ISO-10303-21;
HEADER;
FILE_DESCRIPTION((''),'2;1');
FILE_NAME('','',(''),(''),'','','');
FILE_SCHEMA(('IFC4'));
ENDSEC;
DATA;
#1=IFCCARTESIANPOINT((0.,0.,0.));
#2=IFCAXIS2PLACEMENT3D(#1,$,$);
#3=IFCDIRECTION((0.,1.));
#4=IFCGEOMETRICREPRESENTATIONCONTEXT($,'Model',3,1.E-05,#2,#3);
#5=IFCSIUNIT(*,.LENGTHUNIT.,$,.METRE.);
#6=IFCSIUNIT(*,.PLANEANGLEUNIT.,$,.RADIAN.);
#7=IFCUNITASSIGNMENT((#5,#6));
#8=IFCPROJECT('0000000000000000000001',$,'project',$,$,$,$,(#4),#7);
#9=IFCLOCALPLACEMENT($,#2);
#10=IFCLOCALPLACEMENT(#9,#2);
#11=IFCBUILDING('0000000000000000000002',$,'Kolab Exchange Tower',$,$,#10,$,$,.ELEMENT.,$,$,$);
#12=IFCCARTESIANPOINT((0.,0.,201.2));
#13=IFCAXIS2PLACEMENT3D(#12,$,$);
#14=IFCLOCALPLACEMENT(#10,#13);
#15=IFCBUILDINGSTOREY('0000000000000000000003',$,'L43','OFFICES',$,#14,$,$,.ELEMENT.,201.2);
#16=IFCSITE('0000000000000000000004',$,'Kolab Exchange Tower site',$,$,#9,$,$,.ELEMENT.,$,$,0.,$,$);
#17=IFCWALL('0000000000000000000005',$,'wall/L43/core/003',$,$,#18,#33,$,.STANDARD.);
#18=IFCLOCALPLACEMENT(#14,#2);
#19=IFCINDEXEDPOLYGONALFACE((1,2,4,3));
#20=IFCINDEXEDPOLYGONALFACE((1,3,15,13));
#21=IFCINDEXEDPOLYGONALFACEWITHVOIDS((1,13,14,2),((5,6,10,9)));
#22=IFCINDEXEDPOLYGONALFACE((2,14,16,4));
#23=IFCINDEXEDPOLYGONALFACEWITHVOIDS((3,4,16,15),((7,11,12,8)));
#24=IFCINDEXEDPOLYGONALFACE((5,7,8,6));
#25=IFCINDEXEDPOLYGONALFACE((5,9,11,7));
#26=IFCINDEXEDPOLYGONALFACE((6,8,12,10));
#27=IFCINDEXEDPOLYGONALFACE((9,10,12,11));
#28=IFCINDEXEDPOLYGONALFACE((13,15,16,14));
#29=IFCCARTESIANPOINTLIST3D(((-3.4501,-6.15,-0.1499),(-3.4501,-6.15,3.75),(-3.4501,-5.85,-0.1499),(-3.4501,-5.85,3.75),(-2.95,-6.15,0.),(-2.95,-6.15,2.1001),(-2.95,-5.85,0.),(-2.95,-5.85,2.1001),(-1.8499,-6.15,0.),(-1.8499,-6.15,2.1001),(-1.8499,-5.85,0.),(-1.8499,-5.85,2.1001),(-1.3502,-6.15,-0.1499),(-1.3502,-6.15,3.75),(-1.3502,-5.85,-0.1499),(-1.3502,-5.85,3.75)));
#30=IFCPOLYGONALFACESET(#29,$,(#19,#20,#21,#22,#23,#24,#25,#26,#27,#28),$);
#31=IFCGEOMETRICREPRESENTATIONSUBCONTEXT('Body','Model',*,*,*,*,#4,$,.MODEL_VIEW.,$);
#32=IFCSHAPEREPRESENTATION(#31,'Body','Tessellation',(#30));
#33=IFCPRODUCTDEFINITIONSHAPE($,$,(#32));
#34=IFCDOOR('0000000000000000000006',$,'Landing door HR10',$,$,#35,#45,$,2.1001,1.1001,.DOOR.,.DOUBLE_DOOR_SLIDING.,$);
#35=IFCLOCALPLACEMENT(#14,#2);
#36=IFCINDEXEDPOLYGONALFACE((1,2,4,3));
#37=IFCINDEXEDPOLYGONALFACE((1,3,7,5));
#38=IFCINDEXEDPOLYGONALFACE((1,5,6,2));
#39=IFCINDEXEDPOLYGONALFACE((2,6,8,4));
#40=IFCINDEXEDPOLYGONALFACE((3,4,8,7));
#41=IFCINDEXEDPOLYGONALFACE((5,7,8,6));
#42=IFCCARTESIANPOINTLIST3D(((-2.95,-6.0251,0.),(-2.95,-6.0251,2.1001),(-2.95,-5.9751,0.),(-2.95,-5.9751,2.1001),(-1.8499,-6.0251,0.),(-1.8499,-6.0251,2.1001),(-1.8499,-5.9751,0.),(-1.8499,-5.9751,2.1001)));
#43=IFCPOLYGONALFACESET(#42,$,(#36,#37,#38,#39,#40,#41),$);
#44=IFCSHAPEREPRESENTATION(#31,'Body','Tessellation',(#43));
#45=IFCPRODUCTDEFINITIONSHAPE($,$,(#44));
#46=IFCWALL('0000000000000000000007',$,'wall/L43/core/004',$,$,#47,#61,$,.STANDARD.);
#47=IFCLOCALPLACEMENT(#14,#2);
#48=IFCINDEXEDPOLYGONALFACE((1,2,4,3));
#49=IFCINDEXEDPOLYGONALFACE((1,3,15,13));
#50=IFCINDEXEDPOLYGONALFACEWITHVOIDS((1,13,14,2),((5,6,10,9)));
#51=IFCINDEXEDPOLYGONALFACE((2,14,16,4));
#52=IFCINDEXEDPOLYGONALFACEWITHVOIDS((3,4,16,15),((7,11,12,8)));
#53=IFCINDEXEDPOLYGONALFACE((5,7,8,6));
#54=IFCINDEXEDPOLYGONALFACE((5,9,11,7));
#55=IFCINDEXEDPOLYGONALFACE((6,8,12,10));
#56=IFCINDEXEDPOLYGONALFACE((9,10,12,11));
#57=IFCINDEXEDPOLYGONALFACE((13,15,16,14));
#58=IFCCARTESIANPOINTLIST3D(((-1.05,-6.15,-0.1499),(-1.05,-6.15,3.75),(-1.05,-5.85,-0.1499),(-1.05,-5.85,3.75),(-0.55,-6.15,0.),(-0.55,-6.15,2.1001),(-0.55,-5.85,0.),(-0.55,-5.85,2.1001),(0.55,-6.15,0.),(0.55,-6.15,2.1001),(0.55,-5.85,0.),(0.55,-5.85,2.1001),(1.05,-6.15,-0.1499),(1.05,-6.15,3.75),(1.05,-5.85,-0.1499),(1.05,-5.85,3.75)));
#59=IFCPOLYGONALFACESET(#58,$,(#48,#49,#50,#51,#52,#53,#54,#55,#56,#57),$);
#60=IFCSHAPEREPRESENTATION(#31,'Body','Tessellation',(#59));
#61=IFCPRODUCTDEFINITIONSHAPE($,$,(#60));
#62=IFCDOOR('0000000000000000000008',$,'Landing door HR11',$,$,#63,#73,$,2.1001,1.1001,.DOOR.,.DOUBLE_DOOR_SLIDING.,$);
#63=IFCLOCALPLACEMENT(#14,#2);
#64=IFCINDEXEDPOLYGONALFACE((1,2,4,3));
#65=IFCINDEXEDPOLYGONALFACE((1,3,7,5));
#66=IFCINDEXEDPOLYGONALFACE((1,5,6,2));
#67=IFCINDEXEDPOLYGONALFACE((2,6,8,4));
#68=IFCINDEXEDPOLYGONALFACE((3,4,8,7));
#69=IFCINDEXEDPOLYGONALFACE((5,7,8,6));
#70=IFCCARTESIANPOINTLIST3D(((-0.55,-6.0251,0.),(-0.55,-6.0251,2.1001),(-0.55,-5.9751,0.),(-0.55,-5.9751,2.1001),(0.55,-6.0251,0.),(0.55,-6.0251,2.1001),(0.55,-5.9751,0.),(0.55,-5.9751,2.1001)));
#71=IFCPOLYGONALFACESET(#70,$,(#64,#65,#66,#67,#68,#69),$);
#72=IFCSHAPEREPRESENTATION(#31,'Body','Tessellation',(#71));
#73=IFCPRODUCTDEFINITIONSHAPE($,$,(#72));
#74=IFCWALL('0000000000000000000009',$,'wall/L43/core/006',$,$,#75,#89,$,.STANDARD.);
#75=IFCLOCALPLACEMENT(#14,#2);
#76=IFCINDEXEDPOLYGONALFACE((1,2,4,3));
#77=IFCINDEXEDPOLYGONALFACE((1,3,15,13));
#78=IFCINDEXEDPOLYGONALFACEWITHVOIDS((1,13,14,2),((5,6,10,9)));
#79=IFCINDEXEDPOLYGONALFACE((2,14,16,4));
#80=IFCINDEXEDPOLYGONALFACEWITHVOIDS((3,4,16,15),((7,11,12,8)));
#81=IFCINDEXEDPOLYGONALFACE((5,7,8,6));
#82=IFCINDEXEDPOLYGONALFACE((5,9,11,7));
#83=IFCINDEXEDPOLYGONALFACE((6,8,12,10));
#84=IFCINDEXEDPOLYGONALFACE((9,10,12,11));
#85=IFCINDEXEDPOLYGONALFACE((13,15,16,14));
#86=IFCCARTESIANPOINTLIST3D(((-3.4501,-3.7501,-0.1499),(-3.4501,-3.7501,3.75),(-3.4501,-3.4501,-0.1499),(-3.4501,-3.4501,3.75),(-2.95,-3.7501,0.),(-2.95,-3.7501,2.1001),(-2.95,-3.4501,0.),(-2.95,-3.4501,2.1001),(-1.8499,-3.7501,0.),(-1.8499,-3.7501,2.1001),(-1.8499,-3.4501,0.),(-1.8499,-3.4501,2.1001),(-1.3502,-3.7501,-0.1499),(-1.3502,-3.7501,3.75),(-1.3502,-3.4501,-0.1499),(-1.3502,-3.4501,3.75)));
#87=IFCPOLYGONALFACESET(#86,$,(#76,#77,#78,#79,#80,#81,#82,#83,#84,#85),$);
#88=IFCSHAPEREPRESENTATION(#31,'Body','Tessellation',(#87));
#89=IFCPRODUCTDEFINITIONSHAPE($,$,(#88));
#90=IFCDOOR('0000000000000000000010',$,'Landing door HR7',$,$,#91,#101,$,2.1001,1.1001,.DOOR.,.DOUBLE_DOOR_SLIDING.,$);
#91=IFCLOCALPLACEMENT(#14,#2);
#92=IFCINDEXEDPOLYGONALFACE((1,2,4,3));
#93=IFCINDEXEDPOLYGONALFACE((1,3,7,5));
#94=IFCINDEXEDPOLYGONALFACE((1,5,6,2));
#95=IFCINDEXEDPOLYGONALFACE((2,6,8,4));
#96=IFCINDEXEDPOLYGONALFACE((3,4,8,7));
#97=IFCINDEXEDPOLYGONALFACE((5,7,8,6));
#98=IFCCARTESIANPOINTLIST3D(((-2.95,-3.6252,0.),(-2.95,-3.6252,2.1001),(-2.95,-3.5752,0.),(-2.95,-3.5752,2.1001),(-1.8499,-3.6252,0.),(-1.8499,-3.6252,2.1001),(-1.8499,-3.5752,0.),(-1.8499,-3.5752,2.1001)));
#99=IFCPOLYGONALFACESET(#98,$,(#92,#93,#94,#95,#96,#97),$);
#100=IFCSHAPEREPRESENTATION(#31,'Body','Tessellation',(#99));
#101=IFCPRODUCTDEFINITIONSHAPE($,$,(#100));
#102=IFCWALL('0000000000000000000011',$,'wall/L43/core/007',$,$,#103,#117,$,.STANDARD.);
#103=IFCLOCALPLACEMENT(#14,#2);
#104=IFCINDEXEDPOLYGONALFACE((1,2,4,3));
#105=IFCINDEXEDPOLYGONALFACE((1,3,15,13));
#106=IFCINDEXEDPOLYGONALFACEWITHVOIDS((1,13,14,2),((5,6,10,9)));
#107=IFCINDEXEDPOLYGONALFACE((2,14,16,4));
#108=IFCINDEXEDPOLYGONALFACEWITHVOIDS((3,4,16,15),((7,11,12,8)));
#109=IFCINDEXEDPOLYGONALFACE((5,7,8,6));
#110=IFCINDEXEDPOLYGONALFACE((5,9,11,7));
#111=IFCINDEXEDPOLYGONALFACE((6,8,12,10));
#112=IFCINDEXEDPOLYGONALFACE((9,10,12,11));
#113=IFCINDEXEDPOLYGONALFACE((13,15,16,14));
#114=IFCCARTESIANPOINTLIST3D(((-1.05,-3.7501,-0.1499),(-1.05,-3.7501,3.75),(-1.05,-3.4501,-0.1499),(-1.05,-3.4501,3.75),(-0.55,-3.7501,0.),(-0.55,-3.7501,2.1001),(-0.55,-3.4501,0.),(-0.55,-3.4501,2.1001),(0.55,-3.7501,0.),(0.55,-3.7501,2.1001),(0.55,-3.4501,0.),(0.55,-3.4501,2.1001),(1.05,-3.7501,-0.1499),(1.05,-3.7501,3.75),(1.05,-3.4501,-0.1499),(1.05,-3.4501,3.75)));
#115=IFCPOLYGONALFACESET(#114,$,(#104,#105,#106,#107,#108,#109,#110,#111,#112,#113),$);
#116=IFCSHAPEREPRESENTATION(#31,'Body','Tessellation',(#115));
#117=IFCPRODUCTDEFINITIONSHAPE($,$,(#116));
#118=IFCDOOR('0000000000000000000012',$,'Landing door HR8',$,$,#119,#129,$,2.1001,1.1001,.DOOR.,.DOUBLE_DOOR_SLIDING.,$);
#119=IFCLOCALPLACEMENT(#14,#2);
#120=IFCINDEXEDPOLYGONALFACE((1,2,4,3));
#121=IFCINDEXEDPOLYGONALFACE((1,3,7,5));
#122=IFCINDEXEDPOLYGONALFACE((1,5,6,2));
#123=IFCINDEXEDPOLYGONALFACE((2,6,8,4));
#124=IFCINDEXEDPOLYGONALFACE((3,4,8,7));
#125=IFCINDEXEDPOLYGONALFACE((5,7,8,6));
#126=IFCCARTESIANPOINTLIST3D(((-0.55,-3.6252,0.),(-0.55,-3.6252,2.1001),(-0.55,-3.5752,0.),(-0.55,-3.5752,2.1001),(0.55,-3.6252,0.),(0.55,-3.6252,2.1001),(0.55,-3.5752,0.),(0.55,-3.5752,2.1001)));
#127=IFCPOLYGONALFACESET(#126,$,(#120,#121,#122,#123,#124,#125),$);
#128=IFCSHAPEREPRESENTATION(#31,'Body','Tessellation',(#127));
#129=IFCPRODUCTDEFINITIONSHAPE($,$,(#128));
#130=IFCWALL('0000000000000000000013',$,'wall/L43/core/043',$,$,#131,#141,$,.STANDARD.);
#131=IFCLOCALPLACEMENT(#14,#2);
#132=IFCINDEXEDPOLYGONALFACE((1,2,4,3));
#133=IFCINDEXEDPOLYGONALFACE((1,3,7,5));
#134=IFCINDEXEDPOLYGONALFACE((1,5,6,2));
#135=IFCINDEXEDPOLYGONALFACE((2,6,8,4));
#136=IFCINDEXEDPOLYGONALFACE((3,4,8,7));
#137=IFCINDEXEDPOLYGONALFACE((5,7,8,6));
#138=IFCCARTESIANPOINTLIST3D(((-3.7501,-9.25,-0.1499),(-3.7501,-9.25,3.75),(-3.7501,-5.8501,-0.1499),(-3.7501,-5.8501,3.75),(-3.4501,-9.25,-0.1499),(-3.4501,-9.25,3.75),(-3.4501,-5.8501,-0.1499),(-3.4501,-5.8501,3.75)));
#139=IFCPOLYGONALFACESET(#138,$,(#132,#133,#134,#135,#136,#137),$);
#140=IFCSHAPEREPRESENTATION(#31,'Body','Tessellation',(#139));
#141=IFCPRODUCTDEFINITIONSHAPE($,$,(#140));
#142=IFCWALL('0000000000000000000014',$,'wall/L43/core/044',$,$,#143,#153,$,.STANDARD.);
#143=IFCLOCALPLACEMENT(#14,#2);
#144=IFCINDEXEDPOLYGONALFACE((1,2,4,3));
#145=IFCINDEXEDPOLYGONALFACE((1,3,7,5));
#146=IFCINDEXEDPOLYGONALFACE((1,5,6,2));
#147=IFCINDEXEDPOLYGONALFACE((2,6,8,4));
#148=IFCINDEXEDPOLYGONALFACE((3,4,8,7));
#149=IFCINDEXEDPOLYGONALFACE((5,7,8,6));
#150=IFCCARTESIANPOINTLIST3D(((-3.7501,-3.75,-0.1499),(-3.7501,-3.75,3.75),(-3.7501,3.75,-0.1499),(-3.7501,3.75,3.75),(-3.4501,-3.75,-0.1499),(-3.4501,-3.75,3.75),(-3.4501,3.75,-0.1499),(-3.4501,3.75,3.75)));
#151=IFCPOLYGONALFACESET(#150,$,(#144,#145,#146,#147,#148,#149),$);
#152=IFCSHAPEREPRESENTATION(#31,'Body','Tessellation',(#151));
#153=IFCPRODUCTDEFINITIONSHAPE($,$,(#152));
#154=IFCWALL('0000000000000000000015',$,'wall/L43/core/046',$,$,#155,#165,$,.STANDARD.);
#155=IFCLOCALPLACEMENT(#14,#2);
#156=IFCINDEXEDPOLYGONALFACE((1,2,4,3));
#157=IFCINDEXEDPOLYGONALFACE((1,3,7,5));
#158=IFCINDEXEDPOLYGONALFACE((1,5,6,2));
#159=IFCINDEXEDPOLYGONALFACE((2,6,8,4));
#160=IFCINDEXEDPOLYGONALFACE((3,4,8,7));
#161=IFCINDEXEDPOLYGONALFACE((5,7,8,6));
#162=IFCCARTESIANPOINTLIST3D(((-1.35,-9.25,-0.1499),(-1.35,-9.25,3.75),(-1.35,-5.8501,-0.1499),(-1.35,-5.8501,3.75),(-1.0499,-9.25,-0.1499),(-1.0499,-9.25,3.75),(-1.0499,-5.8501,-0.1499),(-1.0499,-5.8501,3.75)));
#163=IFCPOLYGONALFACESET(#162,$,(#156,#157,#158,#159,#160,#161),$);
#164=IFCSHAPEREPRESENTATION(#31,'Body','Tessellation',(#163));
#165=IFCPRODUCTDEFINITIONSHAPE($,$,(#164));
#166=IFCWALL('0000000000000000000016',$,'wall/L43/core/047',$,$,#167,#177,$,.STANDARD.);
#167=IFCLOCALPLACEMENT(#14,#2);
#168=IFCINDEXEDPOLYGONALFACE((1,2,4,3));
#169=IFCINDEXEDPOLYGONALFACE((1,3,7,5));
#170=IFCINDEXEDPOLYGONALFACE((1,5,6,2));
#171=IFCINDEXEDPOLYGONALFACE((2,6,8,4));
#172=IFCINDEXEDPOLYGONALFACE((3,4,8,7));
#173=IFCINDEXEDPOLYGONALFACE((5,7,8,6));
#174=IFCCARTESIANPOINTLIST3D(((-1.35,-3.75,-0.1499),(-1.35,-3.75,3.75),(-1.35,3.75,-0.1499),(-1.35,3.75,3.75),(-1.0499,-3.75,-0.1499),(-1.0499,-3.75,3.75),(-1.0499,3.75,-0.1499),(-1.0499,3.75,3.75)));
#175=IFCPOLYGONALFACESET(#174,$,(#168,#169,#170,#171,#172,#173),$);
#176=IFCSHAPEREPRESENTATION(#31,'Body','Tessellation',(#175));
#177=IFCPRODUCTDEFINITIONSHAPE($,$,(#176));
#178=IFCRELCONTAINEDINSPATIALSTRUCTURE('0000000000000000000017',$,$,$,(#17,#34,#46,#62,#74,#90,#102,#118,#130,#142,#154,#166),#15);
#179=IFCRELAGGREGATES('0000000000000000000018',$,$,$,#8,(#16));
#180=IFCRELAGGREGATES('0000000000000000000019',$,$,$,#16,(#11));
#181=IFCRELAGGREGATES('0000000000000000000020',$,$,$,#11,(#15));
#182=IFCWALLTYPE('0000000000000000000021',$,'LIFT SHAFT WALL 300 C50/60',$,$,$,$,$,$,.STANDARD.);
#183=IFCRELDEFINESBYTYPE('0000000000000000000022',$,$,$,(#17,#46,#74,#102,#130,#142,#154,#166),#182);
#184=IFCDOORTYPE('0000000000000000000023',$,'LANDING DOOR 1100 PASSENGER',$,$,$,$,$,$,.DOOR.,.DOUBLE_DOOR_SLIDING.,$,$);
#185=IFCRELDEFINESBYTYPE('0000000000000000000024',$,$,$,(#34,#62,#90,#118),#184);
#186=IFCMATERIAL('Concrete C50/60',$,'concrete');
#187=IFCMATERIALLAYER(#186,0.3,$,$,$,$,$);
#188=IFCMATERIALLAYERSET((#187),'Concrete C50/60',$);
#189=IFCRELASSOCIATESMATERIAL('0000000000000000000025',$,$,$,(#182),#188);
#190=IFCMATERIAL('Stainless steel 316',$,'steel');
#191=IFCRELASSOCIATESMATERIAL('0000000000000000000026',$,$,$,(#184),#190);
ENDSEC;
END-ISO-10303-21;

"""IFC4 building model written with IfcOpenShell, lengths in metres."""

from ifc_helpers import new_model, si_unit, direction, frame, frame_2d, origin, place, context, subcontext, project, spatial, rectangle, extrude, material, layer, layer_set, type_object, element, fill, save


model = new_model("IFC4")

# Units and contexts
model_context = context("Model", 3, precision=1e-05, world=origin(), true_north=direction((0.0, 1.0)))
body_context = subcontext(model_context, "Body", "Model", "MODEL_VIEW")
ifc_project = project(units=[si_unit("LENGTHUNIT", "METRE"), si_unit("PLANEANGLEUNIT", "RADIAN")], contexts=[model_context])

# Site, building, storey
site_placement = place(None, origin())
site = spatial("IfcSite", under=ifc_project, at=site_placement, Name="Kolab Exchange Tower site", CompositionType="ELEMENT", RefElevation=0.0)
building_placement = place(site_placement, origin())
building = spatial("IfcBuilding", under=site, at=building_placement, Name="Kolab Exchange Tower", CompositionType="ELEMENT")
storey_placement = place(building_placement, frame((0.0, 0.0, 201.2)))
storey = spatial("IfcBuildingStorey", under=building, at=storey_placement, Name="L43", Description="OFFICES", CompositionType="ELEMENT", Elevation=201.2)

# Walls, openings, doors
ifc_material_1 = material(Name="Concrete C50/60", Category="concrete")
ifc_layer_1 = layer(ifc_material_1, 0.3)
ifc_layer_set_1 = layer_set([ifc_layer_1], Name="Concrete C50/60")
wall_type_1 = type_object("IfcWallType", Name="LIFT SHAFT WALL 300 C50/60", PredefinedType="STANDARD", material=ifc_layer_set_1)
wall_1_placement = place(storey_placement, frame((-3.45, -6.0, -0.1499), z_axis=(0.0, 0.0, 1.0), x_axis=(1.0, 0.0, 0.0)))
wall_1 = element("IfcWall", 1, at=wall_1_placement, inside=storey, type_object=wall_type_1, Name="wall/L43/core/003", PredefinedType="STANDARD", context=body_context, shape_type="SweptSolid", body=[
    extrude(rectangle(XDim=2.0999, YDim=0.3, at=frame_2d((1.0498, 0.0))), origin(), (0.0, 0.0, 1.0), 3.8999),
])
opening_1_placement = place(wall_1_placement, frame((0.5, 0.0, 0.1499)))
opening_1 = element("IfcOpeningElement", 2, at=opening_1_placement, cuts=wall_1, PredefinedType="OPENING", context=body_context, shape_type="SweptSolid", body=[
    extrude(rectangle(XDim=1.1001, YDim=2.1001, at=frame_2d((0.55, 1.05))), frame((0.0, 0.1602, 0.0), z_axis=(0.0, -1.0, 0.0), x_axis=(1.0, 0.0, 0.0)), (0.0, 0.0, 1.0), 0.3201),
])
ifc_material_2 = material(Name="Stainless steel 316", Category="steel")
door_type_1 = type_object("IfcDoorType", Name="LANDING DOOR 1100 PASSENGER", OperationType="DOUBLE_DOOR_SLIDING", PredefinedType="DOOR", material=ifc_material_2)
door_1_placement = place(opening_1_placement, origin())
door_1 = element("IfcDoor", 3, at=door_1_placement, inside=storey, type_object=door_type_1, Name="Landing door HR10", OperationType="DOUBLE_DOOR_SLIDING", OverallHeight=2.1001, OverallWidth=1.1001, PredefinedType="DOOR", context=body_context, shape_type="SweptSolid", body=[
    extrude(rectangle(XDim=1.1001, YDim=2.1001, at=frame_2d((0.55, 1.05))), frame((0.0, 0.0249, 0.0), z_axis=(0.0, -1.0, 0.0), x_axis=(1.0, 0.0, 0.0)), (0.0, 0.0, 1.0), 0.05),
])
fill(opening_1, door_1)
wall_2_placement = place(storey_placement, frame((-1.05, -6.0, -0.1499), z_axis=(0.0, 0.0, 1.0), x_axis=(1.0, 0.0, 0.0)))
wall_2 = element("IfcWall", 4, at=wall_2_placement, inside=storey, type_object=wall_type_1, Name="wall/L43/core/004", PredefinedType="STANDARD", context=body_context, shape_type="SweptSolid", body=[
    extrude(rectangle(XDim=2.1001, YDim=0.3, at=frame_2d((1.05, 0.0))), origin(), (0.0, 0.0, 1.0), 3.8999),
])
opening_2_placement = place(wall_2_placement, frame((0.5, 0.0, 0.1499)))
opening_2 = element("IfcOpeningElement", 5, at=opening_2_placement, cuts=wall_2, PredefinedType="OPENING", context=body_context, shape_type="SweptSolid", body=[
    extrude(rectangle(XDim=1.1001, YDim=2.1001, at=frame_2d((0.55, 1.05))), frame((0.0, 0.1602, 0.0), z_axis=(0.0, -1.0, 0.0), x_axis=(1.0, 0.0, 0.0)), (0.0, 0.0, 1.0), 0.3201),
])
door_2_placement = place(opening_2_placement, origin())
door_2 = element("IfcDoor", 6, at=door_2_placement, inside=storey, type_object=door_type_1, Name="Landing door HR11", OperationType="DOUBLE_DOOR_SLIDING", OverallHeight=2.1001, OverallWidth=1.1001, PredefinedType="DOOR", context=body_context, shape_type="SweptSolid", body=[
    extrude(rectangle(XDim=1.1001, YDim=2.1001, at=frame_2d((0.55, 1.05))), frame((0.0, 0.0249, 0.0), z_axis=(0.0, -1.0, 0.0), x_axis=(1.0, 0.0, 0.0)), (0.0, 0.0, 1.0), 0.05),
])
fill(opening_2, door_2)
wall_3_placement = place(storey_placement, frame((-3.45, -3.6001, -0.1499), z_axis=(0.0, 0.0, 1.0), x_axis=(1.0, 0.0, 0.0)))
wall_3 = element("IfcWall", 7, at=wall_3_placement, inside=storey, type_object=wall_type_1, Name="wall/L43/core/006", PredefinedType="STANDARD", context=body_context, shape_type="SweptSolid", body=[
    extrude(rectangle(XDim=2.0999, YDim=0.3, at=frame_2d((1.0498, 0.0))), origin(), (0.0, 0.0, 1.0), 3.8999),
])
opening_3_placement = place(wall_3_placement, frame((0.5, 0.0, 0.1499)))
opening_3 = element("IfcOpeningElement", 8, at=opening_3_placement, cuts=wall_3, PredefinedType="OPENING", context=body_context, shape_type="SweptSolid", body=[
    extrude(rectangle(XDim=1.1001, YDim=2.1001, at=frame_2d((0.55, 1.05))), frame((0.0, 0.1602, 0.0), z_axis=(0.0, -1.0, 0.0), x_axis=(1.0, 0.0, 0.0)), (0.0, 0.0, 1.0), 0.3201),
])
door_3_placement = place(opening_3_placement, origin())
door_3 = element("IfcDoor", 9, at=door_3_placement, inside=storey, type_object=door_type_1, Name="Landing door HR7", OperationType="DOUBLE_DOOR_SLIDING", OverallHeight=2.1001, OverallWidth=1.1001, PredefinedType="DOOR", context=body_context, shape_type="SweptSolid", body=[
    extrude(rectangle(XDim=1.1001, YDim=2.1001, at=frame_2d((0.55, 1.05))), frame((0.0, 0.0249, 0.0), z_axis=(0.0, -1.0, 0.0), x_axis=(1.0, 0.0, 0.0)), (0.0, 0.0, 1.0), 0.05),
])
fill(opening_3, door_3)
wall_4_placement = place(storey_placement, frame((-1.05, -3.6001, -0.1499), z_axis=(0.0, 0.0, 1.0), x_axis=(1.0, 0.0, 0.0)))
wall_4 = element("IfcWall", 10, at=wall_4_placement, inside=storey, type_object=wall_type_1, Name="wall/L43/core/007", PredefinedType="STANDARD", context=body_context, shape_type="SweptSolid", body=[
    extrude(rectangle(XDim=2.1001, YDim=0.3, at=frame_2d((1.05, 0.0))), origin(), (0.0, 0.0, 1.0), 3.8999),
])
opening_4_placement = place(wall_4_placement, frame((0.5, 0.0, 0.1499)))
opening_4 = element("IfcOpeningElement", 11, at=opening_4_placement, cuts=wall_4, PredefinedType="OPENING", context=body_context, shape_type="SweptSolid", body=[
    extrude(rectangle(XDim=1.1001, YDim=2.1001, at=frame_2d((0.55, 1.05))), frame((0.0, 0.1602, 0.0), z_axis=(0.0, -1.0, 0.0), x_axis=(1.0, 0.0, 0.0)), (0.0, 0.0, 1.0), 0.3201),
])
door_4_placement = place(opening_4_placement, origin())
door_4 = element("IfcDoor", 12, at=door_4_placement, inside=storey, type_object=door_type_1, Name="Landing door HR8", OperationType="DOUBLE_DOOR_SLIDING", OverallHeight=2.1001, OverallWidth=1.1001, PredefinedType="DOOR", context=body_context, shape_type="SweptSolid", body=[
    extrude(rectangle(XDim=1.1001, YDim=2.1001, at=frame_2d((0.55, 1.05))), frame((0.0, 0.0249, 0.0), z_axis=(0.0, -1.0, 0.0), x_axis=(1.0, 0.0, 0.0)), (0.0, 0.0, 1.0), 0.05),
])
fill(opening_4, door_4)

# Walls
wall_5_placement = place(storey_placement, frame((-3.6001, -9.25, -0.1499), z_axis=(0.0, 0.0, 1.0), x_axis=(0.0, 1.0, 0.0)))
element("IfcWall", 13, at=wall_5_placement, inside=storey, type_object=wall_type_1, Name="wall/L43/core/043", PredefinedType="STANDARD", context=body_context, shape_type="SweptSolid", body=[
    extrude(rectangle(XDim=3.3999, YDim=0.3, at=frame_2d((1.7, 0.0))), origin(), (0.0, 0.0, 1.0), 3.8999),
])
wall_6_placement = place(storey_placement, frame((-3.6001, -3.75, -0.1499), z_axis=(0.0, 0.0, 1.0), x_axis=(0.0, 1.0, 0.0)))
element("IfcWall", 14, at=wall_6_placement, inside=storey, type_object=wall_type_1, Name="wall/L43/core/044", PredefinedType="STANDARD", context=body_context, shape_type="SweptSolid", body=[
    extrude(rectangle(XDim=7.5, YDim=0.3, at=frame_2d((3.75, 0.0))), origin(), (0.0, 0.0, 1.0), 3.8999),
])
wall_7_placement = place(storey_placement, frame((-1.2, -9.25, -0.1499), z_axis=(0.0, 0.0, 1.0), x_axis=(0.0, 1.0, 0.0)))
element("IfcWall", 15, at=wall_7_placement, inside=storey, type_object=wall_type_1, Name="wall/L43/core/046", PredefinedType="STANDARD", context=body_context, shape_type="SweptSolid", body=[
    extrude(rectangle(XDim=3.3999, YDim=0.3, at=frame_2d((1.7, 0.0))), origin(), (0.0, 0.0, 1.0), 3.8999),
])
wall_8_placement = place(storey_placement, frame((-1.2, -3.75, -0.1499), z_axis=(0.0, 0.0, 1.0), x_axis=(0.0, 1.0, 0.0)))
element("IfcWall", 16, at=wall_8_placement, inside=storey, type_object=wall_type_1, Name="wall/L43/core/047", PredefinedType="STANDARD", context=body_context, shape_type="SweptSolid", body=[
    extrude(rectangle(XDim=7.5, YDim=0.3, at=frame_2d((3.75, 0.0))), origin(), (0.0, 0.0, 1.0), 3.8999),
])

save(model, "model.ifc")
